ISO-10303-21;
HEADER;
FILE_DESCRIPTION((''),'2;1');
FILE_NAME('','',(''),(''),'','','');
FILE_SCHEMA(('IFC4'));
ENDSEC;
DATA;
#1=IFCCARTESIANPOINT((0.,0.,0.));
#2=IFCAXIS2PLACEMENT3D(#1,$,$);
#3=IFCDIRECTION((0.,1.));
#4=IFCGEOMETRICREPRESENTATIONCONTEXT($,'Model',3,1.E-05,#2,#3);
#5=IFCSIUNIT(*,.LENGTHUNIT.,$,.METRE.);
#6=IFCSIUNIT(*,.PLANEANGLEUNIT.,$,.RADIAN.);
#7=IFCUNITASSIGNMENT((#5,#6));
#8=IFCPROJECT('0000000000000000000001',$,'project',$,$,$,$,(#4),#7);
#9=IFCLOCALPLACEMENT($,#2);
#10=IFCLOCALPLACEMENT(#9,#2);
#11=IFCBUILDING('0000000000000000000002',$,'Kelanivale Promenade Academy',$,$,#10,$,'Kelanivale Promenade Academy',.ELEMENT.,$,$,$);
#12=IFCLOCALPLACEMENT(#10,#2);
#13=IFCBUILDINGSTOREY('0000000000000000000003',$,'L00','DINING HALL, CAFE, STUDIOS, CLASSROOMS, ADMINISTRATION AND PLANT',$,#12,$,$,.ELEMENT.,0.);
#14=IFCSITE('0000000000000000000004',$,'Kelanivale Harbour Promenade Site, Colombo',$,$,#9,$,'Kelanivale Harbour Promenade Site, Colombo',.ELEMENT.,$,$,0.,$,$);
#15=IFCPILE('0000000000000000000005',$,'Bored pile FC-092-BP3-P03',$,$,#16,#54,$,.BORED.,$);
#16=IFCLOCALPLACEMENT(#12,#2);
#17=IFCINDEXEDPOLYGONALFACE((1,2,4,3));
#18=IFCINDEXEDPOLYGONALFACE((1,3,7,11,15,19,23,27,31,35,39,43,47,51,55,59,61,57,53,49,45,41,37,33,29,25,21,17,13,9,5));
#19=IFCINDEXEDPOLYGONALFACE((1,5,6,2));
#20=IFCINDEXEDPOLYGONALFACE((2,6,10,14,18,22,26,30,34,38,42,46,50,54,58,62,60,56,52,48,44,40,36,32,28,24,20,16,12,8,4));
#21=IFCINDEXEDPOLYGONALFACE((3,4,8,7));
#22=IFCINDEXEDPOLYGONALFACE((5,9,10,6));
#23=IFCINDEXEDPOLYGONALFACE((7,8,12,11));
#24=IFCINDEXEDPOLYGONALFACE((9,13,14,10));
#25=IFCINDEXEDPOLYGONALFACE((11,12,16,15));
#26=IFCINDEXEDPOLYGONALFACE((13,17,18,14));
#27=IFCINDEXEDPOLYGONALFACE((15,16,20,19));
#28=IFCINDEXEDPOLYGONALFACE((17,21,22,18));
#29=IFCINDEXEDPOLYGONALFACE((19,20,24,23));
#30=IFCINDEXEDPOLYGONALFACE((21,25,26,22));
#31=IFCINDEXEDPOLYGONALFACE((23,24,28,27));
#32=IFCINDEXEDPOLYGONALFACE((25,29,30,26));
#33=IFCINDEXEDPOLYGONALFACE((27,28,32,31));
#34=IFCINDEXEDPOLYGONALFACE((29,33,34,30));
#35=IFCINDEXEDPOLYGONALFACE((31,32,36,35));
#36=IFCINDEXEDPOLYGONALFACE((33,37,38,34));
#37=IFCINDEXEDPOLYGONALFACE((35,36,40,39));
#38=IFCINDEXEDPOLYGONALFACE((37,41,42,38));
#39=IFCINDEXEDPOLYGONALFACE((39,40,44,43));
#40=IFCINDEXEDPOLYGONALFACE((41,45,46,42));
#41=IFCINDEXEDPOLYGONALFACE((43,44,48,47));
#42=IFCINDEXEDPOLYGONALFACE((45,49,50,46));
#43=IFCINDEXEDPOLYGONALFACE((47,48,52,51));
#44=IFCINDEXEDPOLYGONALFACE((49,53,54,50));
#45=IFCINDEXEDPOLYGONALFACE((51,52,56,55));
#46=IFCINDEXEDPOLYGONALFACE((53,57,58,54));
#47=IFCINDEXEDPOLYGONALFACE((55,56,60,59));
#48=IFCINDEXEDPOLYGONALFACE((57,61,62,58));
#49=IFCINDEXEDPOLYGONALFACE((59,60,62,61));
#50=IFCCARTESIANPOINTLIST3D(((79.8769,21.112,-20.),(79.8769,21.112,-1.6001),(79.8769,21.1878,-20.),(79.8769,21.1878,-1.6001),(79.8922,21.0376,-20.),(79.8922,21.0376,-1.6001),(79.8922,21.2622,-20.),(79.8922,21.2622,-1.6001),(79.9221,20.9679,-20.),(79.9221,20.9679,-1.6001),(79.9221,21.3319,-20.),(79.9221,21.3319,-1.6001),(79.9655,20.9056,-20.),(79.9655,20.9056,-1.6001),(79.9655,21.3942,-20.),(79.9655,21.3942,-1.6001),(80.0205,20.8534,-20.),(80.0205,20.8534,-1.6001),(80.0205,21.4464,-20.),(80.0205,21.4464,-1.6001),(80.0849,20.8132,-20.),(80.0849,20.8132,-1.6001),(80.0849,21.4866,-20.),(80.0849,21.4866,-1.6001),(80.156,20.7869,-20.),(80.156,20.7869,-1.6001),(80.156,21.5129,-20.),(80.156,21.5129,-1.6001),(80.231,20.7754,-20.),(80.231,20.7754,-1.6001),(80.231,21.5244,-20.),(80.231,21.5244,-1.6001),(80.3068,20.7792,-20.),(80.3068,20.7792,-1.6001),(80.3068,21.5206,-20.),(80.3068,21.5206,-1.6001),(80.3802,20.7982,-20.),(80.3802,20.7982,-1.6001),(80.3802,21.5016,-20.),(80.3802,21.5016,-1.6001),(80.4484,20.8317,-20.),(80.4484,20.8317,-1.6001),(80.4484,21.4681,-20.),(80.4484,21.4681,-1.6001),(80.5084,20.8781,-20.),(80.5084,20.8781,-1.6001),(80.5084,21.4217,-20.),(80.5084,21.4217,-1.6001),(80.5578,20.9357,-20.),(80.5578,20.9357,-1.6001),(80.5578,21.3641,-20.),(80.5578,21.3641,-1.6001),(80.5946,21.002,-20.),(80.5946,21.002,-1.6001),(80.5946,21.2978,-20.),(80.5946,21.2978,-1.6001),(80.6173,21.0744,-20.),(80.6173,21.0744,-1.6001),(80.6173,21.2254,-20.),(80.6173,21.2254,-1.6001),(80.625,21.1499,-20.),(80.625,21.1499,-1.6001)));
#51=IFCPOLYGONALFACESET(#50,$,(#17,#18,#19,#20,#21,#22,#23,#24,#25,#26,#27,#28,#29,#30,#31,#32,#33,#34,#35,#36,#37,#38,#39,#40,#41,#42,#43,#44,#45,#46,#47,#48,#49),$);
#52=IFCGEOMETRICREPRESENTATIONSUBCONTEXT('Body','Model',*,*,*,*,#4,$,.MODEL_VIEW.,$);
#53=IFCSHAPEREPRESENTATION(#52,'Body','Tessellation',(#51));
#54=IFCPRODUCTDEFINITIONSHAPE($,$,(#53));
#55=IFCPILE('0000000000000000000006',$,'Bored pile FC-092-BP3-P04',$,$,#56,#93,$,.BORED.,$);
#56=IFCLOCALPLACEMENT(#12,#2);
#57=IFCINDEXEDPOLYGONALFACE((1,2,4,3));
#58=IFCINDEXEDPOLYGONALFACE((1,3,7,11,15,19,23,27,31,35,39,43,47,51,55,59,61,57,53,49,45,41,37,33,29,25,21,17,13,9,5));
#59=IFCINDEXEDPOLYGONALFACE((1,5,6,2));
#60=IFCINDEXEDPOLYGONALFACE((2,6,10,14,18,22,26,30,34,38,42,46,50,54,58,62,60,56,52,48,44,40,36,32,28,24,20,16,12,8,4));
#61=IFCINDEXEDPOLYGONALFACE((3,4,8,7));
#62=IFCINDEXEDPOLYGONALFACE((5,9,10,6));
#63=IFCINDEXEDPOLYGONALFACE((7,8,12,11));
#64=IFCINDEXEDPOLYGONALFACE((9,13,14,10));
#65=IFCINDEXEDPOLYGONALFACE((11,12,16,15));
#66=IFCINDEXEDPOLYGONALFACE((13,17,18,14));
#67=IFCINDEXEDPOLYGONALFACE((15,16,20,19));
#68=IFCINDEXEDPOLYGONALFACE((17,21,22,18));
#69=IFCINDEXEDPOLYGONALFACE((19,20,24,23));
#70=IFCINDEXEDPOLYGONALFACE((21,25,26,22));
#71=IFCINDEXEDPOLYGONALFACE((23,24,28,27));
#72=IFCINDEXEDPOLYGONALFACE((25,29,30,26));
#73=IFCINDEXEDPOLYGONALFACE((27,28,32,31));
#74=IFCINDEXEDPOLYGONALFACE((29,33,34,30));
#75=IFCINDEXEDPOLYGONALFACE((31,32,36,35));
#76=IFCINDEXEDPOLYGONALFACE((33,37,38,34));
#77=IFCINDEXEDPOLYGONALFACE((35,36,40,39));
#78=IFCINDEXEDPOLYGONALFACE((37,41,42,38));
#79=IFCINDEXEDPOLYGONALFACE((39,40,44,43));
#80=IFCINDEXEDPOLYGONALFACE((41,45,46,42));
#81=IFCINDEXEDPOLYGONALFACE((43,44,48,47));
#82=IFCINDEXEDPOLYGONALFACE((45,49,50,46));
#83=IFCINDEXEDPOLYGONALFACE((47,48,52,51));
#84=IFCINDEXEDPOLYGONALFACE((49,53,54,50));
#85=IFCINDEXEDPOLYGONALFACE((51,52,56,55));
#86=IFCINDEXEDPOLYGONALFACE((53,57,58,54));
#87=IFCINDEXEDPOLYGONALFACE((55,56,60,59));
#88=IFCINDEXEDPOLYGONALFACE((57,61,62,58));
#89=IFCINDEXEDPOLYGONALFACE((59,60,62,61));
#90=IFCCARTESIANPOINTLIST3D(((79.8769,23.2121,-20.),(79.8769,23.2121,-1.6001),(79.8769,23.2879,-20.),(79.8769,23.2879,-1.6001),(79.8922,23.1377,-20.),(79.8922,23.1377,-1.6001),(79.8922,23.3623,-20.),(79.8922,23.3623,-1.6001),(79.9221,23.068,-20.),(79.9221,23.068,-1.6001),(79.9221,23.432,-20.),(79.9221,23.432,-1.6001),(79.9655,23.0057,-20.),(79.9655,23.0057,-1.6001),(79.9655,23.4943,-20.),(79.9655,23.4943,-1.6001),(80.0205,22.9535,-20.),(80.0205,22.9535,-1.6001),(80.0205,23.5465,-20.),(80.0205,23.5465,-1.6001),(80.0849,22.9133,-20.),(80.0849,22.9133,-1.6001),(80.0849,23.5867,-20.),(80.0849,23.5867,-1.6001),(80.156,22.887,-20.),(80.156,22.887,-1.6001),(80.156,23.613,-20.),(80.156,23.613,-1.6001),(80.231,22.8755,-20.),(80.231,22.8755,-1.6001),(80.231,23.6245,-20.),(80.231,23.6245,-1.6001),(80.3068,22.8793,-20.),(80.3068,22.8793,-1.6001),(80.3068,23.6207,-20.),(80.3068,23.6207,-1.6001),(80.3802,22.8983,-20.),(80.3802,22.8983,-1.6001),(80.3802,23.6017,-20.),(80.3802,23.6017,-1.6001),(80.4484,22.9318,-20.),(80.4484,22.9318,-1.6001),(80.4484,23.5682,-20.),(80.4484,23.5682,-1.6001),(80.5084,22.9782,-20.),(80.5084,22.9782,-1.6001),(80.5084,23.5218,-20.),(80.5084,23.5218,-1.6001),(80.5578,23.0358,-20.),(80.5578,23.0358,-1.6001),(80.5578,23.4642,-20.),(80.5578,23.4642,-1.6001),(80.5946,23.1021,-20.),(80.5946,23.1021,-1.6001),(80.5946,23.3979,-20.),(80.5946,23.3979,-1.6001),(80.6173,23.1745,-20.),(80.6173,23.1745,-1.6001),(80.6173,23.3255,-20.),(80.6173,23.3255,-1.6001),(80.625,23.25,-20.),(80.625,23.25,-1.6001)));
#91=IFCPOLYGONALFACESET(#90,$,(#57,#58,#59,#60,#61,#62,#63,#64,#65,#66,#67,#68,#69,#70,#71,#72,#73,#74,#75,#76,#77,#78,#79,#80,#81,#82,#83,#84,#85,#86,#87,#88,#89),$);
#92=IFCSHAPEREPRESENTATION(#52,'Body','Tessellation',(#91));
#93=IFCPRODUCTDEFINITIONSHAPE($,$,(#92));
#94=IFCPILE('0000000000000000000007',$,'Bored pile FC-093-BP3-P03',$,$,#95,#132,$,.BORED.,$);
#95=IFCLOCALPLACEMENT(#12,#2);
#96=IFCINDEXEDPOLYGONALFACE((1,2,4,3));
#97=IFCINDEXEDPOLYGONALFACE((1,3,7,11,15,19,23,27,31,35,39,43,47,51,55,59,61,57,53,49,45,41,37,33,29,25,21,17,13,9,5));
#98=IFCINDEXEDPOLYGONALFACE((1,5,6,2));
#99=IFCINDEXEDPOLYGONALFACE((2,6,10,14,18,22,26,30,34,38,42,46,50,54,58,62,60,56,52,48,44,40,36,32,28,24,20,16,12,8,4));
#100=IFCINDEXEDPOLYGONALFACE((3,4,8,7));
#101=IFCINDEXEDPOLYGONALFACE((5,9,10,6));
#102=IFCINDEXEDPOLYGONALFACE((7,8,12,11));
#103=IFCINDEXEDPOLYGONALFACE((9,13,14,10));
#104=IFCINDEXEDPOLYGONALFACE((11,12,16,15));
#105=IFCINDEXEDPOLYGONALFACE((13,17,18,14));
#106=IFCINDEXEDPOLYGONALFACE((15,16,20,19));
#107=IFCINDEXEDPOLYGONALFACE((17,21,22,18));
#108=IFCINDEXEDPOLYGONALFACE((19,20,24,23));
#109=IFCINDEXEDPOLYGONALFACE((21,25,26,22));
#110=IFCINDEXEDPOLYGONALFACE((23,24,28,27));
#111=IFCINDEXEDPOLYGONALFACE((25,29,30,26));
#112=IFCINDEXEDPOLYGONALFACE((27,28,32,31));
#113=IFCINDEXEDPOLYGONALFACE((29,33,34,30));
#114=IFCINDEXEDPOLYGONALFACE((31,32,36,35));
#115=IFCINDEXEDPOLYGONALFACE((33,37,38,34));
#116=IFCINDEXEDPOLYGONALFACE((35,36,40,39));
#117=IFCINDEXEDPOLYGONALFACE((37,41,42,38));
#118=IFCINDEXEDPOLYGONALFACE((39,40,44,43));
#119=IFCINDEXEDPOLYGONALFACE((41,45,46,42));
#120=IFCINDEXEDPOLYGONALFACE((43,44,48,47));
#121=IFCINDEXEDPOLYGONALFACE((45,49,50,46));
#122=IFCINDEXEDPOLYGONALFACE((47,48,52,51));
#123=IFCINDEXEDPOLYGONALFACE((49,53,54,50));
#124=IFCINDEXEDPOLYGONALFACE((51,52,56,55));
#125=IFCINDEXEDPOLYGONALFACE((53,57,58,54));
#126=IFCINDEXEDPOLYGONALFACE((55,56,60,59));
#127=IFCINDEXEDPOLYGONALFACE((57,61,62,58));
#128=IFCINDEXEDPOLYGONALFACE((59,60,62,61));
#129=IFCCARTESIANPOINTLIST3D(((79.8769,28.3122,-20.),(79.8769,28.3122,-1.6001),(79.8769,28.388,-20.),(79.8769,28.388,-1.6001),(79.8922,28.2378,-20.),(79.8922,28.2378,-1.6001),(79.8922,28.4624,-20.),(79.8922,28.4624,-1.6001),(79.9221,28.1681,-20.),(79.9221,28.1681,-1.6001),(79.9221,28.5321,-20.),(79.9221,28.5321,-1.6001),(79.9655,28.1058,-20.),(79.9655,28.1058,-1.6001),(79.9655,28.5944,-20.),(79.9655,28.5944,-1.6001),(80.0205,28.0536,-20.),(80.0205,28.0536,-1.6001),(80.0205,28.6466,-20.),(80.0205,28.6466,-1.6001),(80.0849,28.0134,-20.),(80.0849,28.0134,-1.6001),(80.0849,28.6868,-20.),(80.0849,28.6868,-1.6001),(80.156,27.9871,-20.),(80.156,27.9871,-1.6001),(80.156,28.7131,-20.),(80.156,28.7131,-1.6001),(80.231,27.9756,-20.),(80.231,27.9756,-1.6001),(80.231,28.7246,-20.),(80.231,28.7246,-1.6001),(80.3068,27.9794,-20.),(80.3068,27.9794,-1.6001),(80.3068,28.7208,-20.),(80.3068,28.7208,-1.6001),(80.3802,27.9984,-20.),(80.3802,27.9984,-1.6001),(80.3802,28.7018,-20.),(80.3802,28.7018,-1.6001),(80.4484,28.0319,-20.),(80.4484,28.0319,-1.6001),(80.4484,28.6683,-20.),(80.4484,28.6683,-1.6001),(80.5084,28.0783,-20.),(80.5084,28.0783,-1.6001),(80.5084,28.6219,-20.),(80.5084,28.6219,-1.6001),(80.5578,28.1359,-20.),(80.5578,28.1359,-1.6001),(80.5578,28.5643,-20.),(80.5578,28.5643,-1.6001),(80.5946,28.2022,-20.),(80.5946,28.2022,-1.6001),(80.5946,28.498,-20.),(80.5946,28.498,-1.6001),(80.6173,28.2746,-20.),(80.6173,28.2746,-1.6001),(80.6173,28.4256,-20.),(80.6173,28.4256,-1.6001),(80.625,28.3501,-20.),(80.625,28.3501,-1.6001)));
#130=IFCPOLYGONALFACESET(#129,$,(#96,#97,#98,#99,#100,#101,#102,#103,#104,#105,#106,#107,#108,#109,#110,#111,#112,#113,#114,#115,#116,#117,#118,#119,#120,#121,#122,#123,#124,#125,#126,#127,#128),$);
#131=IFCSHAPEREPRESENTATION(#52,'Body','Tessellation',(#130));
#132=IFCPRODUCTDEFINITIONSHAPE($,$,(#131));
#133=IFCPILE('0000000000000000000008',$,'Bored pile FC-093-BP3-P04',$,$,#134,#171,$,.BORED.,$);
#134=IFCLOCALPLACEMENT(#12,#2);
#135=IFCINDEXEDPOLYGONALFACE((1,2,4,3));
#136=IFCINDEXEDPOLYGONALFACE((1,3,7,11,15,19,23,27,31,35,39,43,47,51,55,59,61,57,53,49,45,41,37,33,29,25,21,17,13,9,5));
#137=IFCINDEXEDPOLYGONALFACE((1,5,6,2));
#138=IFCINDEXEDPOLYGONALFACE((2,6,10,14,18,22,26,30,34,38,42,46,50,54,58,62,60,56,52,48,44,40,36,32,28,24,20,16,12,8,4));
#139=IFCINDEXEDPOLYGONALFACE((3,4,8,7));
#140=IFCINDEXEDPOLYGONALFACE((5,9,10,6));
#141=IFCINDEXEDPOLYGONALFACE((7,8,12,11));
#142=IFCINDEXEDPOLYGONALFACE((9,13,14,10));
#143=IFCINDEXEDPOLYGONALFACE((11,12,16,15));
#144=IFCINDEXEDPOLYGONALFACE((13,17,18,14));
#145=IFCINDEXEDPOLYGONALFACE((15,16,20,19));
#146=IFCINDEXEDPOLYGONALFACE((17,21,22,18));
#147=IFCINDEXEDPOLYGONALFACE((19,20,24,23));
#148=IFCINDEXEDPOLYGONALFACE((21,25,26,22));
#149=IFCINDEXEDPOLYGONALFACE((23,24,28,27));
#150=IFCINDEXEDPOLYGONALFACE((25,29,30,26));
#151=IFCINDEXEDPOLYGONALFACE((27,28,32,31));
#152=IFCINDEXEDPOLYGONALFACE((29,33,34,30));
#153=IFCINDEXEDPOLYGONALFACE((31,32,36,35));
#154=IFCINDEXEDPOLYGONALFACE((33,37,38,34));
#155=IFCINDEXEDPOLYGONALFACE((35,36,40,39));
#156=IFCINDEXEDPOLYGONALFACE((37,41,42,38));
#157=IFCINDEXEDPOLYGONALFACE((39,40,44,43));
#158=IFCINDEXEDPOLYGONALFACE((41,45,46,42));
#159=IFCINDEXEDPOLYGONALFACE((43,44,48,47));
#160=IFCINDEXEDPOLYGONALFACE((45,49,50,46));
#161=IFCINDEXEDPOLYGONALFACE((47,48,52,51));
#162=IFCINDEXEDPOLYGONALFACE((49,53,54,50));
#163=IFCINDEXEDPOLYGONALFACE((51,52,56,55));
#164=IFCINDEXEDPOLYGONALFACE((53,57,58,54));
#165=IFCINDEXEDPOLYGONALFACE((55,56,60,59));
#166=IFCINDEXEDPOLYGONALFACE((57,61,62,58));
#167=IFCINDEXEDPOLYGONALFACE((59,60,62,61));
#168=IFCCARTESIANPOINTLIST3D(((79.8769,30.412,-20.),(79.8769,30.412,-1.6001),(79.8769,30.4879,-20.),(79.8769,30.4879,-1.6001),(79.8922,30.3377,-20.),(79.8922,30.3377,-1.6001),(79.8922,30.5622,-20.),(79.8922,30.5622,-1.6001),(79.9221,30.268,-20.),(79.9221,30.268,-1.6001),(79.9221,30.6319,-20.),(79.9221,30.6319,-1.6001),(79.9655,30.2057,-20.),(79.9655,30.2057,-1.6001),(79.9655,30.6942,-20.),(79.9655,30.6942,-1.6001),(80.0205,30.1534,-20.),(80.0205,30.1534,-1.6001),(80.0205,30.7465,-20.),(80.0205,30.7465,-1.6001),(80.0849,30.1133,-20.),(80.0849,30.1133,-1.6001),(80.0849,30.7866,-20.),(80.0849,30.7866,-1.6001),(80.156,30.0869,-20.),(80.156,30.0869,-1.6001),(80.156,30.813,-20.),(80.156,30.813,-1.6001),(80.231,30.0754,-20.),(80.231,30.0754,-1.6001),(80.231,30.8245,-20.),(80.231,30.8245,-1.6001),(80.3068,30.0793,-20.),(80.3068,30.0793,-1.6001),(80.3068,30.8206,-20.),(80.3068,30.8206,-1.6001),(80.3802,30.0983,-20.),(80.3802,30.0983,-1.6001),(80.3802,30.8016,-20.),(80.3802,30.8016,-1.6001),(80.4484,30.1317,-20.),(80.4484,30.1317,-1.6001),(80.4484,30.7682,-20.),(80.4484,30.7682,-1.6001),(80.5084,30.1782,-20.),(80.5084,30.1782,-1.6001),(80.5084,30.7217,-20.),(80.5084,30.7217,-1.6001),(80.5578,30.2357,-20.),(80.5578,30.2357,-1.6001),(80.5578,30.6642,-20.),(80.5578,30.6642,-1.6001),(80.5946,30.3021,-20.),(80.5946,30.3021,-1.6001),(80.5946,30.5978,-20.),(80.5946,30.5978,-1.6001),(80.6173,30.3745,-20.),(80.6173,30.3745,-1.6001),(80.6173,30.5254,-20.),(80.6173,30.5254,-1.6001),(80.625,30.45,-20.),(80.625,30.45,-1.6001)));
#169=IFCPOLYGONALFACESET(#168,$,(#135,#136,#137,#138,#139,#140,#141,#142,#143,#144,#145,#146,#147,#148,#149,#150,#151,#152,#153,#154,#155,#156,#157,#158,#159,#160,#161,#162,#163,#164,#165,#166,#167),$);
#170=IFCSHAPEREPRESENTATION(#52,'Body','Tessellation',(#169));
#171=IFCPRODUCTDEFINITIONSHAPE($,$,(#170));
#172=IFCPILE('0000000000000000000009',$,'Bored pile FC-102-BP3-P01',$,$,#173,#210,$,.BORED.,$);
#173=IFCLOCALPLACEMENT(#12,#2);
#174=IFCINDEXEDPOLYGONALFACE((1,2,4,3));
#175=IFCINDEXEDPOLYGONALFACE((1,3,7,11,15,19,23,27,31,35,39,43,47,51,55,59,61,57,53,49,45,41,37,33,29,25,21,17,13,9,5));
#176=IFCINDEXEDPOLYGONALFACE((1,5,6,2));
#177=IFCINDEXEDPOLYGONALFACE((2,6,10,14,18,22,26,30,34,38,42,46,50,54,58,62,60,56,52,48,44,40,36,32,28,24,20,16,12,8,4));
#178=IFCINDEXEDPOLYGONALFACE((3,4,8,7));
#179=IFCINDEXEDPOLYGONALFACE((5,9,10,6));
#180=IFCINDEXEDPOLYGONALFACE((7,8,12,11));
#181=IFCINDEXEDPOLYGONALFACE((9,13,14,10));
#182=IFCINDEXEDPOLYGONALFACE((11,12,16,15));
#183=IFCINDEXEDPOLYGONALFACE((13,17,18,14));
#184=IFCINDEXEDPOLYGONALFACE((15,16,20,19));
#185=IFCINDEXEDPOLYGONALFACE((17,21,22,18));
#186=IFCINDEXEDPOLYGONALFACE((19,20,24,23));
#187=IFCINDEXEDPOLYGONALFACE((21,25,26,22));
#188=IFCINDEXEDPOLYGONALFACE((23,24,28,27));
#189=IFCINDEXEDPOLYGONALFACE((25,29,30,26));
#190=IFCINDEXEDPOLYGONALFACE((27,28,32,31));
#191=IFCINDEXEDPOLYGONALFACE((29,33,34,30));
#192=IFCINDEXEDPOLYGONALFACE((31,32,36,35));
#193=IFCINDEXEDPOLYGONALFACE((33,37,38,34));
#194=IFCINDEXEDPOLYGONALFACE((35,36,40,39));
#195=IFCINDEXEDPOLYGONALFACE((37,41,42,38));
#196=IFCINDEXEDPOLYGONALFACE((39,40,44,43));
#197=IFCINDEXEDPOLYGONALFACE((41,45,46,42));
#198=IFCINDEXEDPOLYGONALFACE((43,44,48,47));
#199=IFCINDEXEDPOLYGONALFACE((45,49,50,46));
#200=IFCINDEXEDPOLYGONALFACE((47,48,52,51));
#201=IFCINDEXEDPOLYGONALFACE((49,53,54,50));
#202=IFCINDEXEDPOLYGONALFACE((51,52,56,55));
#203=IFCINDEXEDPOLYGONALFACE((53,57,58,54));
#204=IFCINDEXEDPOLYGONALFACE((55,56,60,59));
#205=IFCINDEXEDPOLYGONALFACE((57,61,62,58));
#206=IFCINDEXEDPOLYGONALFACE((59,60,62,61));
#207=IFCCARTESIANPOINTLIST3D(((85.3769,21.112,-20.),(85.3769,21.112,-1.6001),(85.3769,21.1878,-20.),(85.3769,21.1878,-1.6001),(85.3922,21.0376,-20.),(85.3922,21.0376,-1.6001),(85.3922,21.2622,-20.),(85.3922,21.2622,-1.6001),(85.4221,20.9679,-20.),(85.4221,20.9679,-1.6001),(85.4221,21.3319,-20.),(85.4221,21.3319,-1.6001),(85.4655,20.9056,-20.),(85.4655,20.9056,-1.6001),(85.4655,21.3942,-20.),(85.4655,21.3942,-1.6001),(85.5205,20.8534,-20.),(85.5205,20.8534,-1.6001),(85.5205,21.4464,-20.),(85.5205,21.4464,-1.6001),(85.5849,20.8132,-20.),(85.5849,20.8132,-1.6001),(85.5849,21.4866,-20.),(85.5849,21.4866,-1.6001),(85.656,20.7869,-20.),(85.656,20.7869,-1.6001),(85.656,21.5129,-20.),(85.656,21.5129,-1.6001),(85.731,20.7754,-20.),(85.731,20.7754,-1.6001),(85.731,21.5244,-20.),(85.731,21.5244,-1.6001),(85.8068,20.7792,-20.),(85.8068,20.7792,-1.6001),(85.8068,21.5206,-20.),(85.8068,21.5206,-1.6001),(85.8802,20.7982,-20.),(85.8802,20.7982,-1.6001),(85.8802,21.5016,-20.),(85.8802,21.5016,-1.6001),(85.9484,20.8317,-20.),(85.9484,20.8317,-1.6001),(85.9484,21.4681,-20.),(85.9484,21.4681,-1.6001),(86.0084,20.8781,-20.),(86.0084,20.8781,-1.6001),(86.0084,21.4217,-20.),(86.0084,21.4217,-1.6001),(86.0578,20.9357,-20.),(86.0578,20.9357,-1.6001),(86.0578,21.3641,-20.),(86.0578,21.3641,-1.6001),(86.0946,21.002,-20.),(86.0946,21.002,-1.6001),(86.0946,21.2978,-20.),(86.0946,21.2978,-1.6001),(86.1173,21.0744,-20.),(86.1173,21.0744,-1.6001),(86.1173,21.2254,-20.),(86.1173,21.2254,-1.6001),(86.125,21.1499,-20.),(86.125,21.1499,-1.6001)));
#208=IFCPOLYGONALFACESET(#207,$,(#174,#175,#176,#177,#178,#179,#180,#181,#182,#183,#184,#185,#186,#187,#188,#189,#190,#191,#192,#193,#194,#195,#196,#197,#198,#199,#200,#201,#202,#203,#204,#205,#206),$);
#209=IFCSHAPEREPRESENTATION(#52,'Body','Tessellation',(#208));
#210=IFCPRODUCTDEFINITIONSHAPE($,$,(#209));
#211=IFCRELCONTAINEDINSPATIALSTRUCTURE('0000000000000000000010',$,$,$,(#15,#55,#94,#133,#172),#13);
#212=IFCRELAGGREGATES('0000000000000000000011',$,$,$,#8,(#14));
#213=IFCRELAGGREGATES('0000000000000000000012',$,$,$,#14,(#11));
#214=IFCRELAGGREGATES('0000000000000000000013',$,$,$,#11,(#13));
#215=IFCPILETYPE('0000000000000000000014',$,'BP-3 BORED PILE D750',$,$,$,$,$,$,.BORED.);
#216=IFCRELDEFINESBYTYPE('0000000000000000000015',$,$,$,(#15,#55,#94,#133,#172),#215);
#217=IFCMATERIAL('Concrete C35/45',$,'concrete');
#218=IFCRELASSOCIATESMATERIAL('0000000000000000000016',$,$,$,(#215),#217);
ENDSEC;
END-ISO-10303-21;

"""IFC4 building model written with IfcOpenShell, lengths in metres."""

from ifc_helpers import new_model, si_unit, direction, frame, origin, origin_2d, place, context, subcontext, project, spatial, circle, extrude, material, material_profile, profile_set, type_object, element, save


model = new_model("IFC4")

# Units and contexts
model_context = context("Model", 3, precision=1e-05, world=origin(), true_north=direction((0.0, 1.0)))
body_context = subcontext(model_context, "Body", "Model", "MODEL_VIEW")
ifc_project = project(units=[si_unit("LENGTHUNIT", "METRE"), si_unit("PLANEANGLEUNIT", "RADIAN")], contexts=[model_context])

# Site, building, storey
site_placement = place(None, origin())
site = spatial("IfcSite", under=ifc_project, at=site_placement, Name="Kelanivale Harbour Promenade Site, Colombo", LongName="Kelanivale Harbour Promenade Site, Colombo", CompositionType="ELEMENT", RefElevation=0.0)
building_placement = place(site_placement, origin())
building = spatial("IfcBuilding", under=site, at=building_placement, Name="Kelanivale Promenade Academy", LongName="Kelanivale Promenade Academy", CompositionType="ELEMENT")
storey_placement = place(building_placement, origin())
storey = spatial("IfcBuildingStorey", under=building, at=storey_placement, Name="L00", Description="DINING HALL, CAFE, STUDIOS, CLASSROOMS, ADMINISTRATION AND PLANT", CompositionType="ELEMENT", Elevation=0.0)

# Piles
ifc_material_1 = material(Name="Concrete C35/45", Category="concrete")
ifc_material_profile_1 = material_profile(ifc_material_1, circle(Radius=0.375, at=origin_2d()), Name="BORED PILE D750")
ifc_profile_set_1 = profile_set([ifc_material_profile_1], Name="Concrete C35/45")
pile_type_1 = type_object("IfcPileType", Name="BP-3 BORED PILE D750", PredefinedType="BORED", material=ifc_profile_set_1)
for number, where, z_axis, x_axis, name in (
    (1, (80.25, 21.1499, -1.6001), (0.0, 0.0, -1.0), (1.0, 0.0, 0.0), "Bored pile FC-092-BP3-P03"),
    (2, (80.25, 23.25, -1.6001), (0.0, 0.0, -1.0), (1.0, 0.0, 0.0), "Bored pile FC-092-BP3-P04"),
    (3, (80.25, 28.3501, -1.6001), (0.0, 0.0, -1.0), (1.0, 0.0, 0.0), "Bored pile FC-093-BP3-P03"),
    (4, (80.25, 30.45, -1.6001), (0.0, 0.0, -1.0), (1.0, 0.0, 0.0), "Bored pile FC-093-BP3-P04"),
    (5, (85.75, 21.1499, -1.6001), (0.0, 0.0, -1.0), (1.0, 0.0, 0.0), "Bored pile FC-102-BP3-P01"),
):
    element("IfcPile", number, at=place(storey_placement, frame(where, z_axis=z_axis, x_axis=x_axis)), inside=storey, type_object=pile_type_1, Name=name, PredefinedType="BORED", context=body_context, shape_type="SweptSolid", body=[
        extrude(circle(Radius=0.375, at=origin_2d()), origin(), (0.0, 0.0, 1.0), 18.3999),
    ])

save(model, "model.ifc")
